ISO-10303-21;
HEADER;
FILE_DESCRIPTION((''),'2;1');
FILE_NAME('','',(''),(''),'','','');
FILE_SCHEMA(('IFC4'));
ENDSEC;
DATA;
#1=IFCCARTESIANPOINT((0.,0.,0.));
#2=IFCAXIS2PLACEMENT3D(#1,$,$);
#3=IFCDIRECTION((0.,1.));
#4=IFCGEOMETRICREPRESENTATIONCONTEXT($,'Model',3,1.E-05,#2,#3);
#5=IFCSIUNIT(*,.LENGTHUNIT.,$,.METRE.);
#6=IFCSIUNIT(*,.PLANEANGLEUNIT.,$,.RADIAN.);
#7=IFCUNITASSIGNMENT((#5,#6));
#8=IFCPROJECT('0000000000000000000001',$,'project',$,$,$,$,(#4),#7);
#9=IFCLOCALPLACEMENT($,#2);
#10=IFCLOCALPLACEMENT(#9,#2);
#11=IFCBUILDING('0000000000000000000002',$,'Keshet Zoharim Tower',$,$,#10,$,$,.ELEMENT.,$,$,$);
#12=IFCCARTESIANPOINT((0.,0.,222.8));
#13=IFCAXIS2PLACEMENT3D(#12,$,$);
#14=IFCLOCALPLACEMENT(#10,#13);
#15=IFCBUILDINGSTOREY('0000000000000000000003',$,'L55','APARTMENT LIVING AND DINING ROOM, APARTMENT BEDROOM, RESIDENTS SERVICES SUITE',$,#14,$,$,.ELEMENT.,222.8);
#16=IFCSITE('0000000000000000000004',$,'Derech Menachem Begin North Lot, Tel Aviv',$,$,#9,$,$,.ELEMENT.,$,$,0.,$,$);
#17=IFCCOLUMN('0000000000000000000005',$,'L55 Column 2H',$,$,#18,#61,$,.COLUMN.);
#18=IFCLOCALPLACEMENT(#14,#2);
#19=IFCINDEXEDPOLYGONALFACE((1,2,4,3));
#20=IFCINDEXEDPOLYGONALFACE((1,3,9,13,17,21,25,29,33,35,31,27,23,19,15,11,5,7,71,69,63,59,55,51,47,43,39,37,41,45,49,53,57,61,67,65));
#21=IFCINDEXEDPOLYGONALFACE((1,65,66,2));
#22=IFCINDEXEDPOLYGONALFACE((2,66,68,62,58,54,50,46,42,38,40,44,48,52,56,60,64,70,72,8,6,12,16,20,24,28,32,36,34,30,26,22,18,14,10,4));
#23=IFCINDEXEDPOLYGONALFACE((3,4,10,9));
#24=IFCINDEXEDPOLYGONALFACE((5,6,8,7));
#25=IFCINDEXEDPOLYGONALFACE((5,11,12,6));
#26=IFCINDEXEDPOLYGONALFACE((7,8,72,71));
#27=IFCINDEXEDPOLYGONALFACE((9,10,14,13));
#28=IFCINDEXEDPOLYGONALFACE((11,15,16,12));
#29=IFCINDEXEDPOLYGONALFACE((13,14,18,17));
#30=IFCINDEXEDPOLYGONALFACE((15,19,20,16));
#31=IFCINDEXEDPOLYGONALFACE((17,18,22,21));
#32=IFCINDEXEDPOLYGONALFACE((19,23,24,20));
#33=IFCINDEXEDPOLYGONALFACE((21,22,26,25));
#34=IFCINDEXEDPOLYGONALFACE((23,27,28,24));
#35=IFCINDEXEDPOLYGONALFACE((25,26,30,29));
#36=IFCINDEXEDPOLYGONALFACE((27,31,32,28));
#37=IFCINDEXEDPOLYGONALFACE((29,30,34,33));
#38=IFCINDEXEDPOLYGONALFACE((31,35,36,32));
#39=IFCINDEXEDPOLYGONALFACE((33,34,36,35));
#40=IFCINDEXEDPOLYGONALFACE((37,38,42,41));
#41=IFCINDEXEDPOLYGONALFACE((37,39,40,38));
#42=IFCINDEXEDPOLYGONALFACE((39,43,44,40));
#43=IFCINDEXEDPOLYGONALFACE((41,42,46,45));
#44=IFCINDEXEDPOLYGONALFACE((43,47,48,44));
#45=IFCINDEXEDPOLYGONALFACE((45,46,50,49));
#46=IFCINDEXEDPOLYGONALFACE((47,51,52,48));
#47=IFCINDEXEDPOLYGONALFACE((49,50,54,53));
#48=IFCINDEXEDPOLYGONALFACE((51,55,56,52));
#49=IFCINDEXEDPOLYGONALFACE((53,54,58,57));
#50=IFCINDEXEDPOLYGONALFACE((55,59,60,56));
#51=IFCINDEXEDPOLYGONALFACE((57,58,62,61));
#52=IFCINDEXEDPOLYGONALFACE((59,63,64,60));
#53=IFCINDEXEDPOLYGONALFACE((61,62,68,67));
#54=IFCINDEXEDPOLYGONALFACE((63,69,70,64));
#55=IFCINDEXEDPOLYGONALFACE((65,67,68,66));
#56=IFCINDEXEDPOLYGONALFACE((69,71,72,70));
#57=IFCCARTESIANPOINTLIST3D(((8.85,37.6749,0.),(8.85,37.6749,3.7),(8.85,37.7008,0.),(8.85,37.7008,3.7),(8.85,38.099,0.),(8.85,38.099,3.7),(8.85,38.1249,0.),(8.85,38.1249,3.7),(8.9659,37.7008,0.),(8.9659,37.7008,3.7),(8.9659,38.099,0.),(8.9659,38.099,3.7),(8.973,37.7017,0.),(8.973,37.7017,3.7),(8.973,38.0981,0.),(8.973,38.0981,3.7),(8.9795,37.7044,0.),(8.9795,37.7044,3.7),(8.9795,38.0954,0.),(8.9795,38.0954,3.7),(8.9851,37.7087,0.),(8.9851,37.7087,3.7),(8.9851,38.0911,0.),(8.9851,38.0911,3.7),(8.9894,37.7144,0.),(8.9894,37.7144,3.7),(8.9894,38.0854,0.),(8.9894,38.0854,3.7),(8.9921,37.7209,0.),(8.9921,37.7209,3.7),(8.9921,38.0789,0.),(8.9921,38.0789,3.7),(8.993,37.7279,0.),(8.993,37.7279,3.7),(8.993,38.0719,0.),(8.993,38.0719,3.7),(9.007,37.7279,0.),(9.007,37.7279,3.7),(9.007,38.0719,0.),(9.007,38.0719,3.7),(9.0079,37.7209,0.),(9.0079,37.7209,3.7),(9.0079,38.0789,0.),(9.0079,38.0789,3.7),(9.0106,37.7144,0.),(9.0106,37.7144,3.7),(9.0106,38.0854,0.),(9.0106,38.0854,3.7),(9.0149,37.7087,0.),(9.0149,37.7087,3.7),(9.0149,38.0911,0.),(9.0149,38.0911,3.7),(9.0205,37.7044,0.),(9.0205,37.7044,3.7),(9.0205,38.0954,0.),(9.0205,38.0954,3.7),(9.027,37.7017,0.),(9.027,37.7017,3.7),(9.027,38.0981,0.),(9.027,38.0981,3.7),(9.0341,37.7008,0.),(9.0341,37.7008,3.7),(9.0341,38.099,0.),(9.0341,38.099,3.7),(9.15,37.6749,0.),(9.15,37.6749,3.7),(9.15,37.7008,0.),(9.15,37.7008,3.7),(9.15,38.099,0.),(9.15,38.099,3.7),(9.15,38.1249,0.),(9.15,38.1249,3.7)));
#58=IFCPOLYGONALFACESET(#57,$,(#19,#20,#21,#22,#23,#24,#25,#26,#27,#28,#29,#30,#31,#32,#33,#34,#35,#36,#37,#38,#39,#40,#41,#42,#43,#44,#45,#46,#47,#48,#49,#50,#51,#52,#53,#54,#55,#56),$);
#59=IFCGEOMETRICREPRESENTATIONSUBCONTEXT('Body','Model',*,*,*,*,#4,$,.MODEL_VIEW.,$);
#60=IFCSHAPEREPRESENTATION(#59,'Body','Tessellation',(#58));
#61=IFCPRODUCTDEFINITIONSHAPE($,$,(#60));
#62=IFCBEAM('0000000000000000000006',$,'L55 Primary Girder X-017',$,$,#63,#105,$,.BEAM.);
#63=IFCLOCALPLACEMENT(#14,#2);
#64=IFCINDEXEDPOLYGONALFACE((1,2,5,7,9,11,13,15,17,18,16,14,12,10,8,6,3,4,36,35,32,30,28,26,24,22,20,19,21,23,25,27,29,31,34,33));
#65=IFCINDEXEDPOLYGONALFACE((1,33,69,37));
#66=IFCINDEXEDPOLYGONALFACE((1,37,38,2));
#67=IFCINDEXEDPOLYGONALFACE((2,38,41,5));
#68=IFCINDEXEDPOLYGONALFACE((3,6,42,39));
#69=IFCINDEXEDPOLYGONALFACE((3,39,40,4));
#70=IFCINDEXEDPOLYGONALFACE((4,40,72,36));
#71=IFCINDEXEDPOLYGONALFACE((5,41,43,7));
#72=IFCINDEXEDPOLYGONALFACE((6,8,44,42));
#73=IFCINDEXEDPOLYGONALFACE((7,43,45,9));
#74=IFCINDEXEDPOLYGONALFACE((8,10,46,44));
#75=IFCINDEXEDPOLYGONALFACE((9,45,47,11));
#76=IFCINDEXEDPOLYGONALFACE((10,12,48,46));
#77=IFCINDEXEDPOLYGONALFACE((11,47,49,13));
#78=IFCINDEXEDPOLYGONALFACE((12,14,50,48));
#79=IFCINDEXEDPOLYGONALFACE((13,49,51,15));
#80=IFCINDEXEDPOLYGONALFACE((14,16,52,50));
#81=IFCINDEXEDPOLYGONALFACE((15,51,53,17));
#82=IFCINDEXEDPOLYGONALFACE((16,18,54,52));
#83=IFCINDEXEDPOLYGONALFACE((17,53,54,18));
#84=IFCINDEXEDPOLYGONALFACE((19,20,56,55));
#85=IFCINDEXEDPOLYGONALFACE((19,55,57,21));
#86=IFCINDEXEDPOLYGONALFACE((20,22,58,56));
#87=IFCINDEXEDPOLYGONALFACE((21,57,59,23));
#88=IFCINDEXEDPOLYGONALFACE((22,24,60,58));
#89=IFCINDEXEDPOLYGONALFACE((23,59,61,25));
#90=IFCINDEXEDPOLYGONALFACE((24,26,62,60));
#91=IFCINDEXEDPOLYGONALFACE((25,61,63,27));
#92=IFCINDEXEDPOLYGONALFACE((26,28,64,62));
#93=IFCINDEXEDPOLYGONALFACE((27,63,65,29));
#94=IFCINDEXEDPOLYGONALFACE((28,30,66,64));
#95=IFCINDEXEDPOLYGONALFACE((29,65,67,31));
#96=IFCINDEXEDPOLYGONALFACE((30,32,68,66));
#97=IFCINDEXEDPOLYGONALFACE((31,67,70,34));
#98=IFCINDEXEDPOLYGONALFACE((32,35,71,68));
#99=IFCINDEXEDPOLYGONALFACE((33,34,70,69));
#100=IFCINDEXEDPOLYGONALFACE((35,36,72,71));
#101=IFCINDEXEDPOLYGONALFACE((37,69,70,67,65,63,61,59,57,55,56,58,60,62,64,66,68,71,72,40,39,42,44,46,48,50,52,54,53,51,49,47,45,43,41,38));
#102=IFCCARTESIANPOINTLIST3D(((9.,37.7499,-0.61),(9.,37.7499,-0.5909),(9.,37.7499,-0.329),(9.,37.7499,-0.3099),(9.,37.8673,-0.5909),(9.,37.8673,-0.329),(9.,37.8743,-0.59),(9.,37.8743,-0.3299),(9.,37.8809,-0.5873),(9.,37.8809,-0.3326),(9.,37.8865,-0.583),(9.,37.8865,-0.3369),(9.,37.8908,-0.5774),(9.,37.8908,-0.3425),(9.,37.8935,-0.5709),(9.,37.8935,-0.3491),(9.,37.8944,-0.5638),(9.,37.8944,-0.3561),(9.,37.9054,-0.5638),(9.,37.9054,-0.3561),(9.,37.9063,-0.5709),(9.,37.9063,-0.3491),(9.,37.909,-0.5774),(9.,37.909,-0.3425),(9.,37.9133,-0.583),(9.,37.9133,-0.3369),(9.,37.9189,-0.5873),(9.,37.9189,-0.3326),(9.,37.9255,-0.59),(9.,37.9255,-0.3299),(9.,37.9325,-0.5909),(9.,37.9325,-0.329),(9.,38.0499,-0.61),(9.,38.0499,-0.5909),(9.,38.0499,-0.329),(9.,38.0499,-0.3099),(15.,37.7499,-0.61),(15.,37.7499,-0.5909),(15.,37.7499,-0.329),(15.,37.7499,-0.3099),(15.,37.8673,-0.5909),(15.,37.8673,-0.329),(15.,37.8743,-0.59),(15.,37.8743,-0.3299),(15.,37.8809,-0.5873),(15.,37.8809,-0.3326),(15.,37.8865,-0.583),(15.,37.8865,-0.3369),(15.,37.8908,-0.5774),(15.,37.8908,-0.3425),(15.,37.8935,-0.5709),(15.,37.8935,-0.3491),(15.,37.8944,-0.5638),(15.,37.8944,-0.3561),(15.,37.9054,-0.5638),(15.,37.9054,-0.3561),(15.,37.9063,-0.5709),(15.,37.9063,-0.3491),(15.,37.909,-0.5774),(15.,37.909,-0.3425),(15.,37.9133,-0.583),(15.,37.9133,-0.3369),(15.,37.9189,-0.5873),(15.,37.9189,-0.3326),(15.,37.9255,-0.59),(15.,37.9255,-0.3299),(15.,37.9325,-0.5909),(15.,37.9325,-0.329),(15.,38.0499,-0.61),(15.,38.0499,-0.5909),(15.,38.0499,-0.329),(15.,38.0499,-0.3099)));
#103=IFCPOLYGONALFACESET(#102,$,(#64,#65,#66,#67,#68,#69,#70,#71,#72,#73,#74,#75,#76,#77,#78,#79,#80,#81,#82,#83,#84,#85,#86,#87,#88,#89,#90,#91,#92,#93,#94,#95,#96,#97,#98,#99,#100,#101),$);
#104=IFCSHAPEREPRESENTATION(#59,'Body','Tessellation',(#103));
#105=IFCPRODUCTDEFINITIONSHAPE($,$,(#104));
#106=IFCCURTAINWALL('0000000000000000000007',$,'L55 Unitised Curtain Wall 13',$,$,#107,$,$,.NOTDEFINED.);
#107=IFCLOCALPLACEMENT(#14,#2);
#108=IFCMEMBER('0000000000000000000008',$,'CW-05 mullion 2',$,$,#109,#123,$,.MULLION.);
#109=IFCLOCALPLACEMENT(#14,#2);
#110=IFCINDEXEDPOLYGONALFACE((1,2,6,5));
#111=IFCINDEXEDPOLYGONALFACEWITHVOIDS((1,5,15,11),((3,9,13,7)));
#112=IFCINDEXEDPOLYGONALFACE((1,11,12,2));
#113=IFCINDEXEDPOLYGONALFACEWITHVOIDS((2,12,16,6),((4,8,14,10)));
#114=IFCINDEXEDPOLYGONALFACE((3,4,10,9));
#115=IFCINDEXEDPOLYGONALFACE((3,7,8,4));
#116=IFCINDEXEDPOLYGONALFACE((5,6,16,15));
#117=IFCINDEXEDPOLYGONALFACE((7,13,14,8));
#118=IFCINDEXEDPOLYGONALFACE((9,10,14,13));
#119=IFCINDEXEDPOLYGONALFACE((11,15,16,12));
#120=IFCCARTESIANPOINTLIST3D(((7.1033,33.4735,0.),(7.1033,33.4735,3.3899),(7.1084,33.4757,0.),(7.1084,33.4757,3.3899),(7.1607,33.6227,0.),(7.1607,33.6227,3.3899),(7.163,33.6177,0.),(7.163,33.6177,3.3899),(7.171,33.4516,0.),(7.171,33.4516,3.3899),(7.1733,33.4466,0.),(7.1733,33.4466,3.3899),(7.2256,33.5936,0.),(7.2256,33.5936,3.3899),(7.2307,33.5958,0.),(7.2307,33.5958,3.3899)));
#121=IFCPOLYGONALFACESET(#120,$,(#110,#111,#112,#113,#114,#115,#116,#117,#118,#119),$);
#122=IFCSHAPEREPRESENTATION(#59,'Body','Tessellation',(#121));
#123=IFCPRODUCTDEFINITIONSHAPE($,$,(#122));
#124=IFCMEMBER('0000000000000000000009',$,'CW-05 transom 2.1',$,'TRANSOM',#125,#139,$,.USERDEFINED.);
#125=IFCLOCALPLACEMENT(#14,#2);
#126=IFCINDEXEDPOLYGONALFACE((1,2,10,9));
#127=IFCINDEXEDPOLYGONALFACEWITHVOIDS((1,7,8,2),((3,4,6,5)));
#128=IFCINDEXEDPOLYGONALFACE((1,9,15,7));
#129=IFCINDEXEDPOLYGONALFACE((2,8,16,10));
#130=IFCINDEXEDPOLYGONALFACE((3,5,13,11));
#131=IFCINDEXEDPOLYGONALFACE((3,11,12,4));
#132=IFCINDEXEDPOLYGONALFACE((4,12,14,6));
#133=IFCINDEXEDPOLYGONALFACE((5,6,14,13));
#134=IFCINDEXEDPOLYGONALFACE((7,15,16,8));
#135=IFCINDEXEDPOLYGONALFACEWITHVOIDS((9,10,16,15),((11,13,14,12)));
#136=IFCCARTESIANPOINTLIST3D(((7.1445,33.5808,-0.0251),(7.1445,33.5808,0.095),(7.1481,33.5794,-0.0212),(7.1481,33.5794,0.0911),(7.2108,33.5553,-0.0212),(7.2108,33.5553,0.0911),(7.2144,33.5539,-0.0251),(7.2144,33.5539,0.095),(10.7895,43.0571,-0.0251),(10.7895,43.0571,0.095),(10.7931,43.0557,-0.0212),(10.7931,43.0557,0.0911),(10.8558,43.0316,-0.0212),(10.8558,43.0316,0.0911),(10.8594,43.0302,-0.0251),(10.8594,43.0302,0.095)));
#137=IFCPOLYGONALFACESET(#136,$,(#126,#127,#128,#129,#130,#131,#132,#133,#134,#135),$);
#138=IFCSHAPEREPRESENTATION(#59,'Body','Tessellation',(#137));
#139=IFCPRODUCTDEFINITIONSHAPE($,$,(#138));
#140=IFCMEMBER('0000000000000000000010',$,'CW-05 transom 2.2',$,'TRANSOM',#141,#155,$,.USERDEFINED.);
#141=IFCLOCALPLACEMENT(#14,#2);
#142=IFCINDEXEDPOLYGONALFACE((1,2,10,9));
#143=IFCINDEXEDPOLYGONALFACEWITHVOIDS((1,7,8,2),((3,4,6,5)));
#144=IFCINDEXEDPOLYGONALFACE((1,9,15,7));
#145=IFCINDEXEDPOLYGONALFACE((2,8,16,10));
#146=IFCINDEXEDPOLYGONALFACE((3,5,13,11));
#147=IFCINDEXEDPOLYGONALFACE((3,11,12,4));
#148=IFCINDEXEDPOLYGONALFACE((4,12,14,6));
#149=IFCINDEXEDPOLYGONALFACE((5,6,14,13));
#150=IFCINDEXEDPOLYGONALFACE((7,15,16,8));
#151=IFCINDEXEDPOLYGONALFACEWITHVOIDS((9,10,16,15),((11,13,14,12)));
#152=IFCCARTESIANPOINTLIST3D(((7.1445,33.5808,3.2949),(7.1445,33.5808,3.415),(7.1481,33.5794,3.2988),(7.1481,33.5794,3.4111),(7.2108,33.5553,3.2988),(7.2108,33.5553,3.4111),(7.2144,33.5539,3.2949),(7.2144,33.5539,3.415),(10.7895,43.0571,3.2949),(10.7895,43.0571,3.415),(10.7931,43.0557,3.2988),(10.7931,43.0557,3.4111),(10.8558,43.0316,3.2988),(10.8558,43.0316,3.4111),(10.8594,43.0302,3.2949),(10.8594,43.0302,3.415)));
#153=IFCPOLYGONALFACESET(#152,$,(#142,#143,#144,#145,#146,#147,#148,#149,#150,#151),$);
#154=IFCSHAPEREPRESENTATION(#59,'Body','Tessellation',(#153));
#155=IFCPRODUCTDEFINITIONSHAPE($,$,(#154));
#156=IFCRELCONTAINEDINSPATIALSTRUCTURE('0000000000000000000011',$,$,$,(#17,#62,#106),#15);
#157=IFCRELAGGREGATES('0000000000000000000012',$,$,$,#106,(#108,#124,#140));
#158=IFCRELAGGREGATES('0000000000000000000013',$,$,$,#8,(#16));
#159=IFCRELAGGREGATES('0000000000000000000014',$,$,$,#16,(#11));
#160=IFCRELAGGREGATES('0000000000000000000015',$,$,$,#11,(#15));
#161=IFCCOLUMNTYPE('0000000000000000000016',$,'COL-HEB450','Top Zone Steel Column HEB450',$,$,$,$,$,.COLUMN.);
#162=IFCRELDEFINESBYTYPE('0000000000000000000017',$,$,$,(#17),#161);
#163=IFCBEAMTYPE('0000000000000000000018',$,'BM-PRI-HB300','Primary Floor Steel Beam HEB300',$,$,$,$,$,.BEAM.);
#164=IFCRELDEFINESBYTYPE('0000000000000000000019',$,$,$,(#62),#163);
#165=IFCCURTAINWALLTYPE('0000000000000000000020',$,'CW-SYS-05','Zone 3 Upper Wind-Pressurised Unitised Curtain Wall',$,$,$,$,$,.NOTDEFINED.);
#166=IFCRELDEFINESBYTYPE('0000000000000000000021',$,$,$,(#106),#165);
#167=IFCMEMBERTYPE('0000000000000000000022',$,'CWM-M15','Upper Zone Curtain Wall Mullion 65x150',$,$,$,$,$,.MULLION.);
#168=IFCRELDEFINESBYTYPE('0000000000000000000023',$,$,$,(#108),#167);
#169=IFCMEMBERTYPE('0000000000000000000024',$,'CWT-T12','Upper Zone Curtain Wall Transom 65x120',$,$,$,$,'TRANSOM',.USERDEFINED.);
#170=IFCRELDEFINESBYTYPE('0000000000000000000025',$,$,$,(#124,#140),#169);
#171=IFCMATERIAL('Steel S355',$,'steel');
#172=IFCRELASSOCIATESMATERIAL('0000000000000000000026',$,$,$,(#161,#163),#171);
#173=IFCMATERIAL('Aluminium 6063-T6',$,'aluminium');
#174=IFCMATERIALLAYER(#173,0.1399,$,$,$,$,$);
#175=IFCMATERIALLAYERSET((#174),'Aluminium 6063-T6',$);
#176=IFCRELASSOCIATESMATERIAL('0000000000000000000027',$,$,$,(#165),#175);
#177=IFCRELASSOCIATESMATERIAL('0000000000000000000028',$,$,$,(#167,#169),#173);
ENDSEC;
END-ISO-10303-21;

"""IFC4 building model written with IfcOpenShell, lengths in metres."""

from ifc_helpers import new_model, si_unit, direction, frame, origin, origin_2d, place, context, subcontext, project, spatial, hollow_rectangle, i_section, extrude, material, layer, layer_set, material_profile, profile_set, type_object, element, aggregate, save


model = new_model("IFC4")

# Units and contexts
model_context = context("Model", 3, precision=1e-05, world=origin(), true_north=direction((0.0, 1.0)))
body_context = subcontext(model_context, "Body", "Model", "MODEL_VIEW")
ifc_project = project(units=[si_unit("LENGTHUNIT", "METRE"), si_unit("PLANEANGLEUNIT", "RADIAN")], contexts=[model_context])

# Site, building, storey
site_placement = place(None, origin())
site = spatial("IfcSite", under=ifc_project, at=site_placement, Name="Derech Menachem Begin North Lot, Tel Aviv", CompositionType="ELEMENT", RefElevation=0.0)
building_placement = place(site_placement, origin())
building = spatial("IfcBuilding", under=site, at=building_placement, Name="Keshet Zoharim Tower", CompositionType="ELEMENT")
storey_placement = place(building_placement, frame((0.0, 0.0, 222.8)))
storey = spatial("IfcBuildingStorey", under=building, at=storey_placement, Name="L55", Description="APARTMENT LIVING AND DINING ROOM, APARTMENT BEDROOM, RESIDENTS SERVICES SUITE", CompositionType="ELEMENT", Elevation=222.8)

# Column
ifc_material_1 = material(Name="Steel S355", Category="steel")
ifc_material_profile_1 = material_profile(ifc_material_1, i_section(OverallWidth=0.3, OverallDepth=0.45, WebThickness=0.0139, FlangeThickness=0.0259, FilletRadius=0.0271, at=origin_2d()), Name="HEB450")
ifc_profile_set_1 = profile_set([ifc_material_profile_1], Name="Steel S355")
column_type = type_object("IfcColumnType", Name="COL-HEB450", Description="Top Zone Steel Column HEB450", PredefinedType="COLUMN", material=ifc_profile_set_1)
column_placement = place(storey_placement, frame((9.0, 37.8999, 0.0), z_axis=(0.0, 0.0, 1.0), x_axis=(1.0, 0.0, 0.0)))
element("IfcColumn", 1, at=column_placement, inside=storey, type_object=column_type, Name="L55 Column 2H", PredefinedType="COLUMN", context=body_context, shape_type="SweptSolid", body=[
    extrude(i_section(OverallWidth=0.3, OverallDepth=0.45, WebThickness=0.0139, FlangeThickness=0.0259, FilletRadius=0.0271, at=origin_2d()), origin(), (0.0, 0.0, 1.0), 3.7),
])

# Beam
ifc_material_profile_2 = material_profile(ifc_material_1, i_section(OverallWidth=0.3, OverallDepth=0.3, WebThickness=0.011, FlangeThickness=0.019, FilletRadius=0.0271, at=origin_2d()), Name="HEB300")
ifc_profile_set_2 = profile_set([ifc_material_profile_2], Name="Steel S355")
beam_type = type_object("IfcBeamType", Name="BM-PRI-HB300", Description="Primary Floor Steel Beam HEB300", PredefinedType="BEAM", material=ifc_profile_set_2)
beam_placement = place(storey_placement, frame((9.0, 37.8999, -0.46), z_axis=(1.0, 0.0, 0.0), x_axis=(0.0, 1.0, 0.0)))
element("IfcBeam", 2, at=beam_placement, inside=storey, type_object=beam_type, Name="L55 Primary Girder X-017", PredefinedType="BEAM", context=body_context, shape_type="SweptSolid", body=[
    extrude(i_section(OverallWidth=0.3, OverallDepth=0.3, WebThickness=0.011, FlangeThickness=0.019, FilletRadius=0.0271, at=origin_2d()), origin(), (0.0, 0.0, 1.0), 6.0),
])

# Curtain wall, members
ifc_material_2 = material(Name="Aluminium 6063-T6", Category="aluminium")
ifc_layer_1 = layer(ifc_material_2, 0.1399)
ifc_layer_set_1 = layer_set([ifc_layer_1], Name="Aluminium 6063-T6")
curtain_wall_type = type_object("IfcCurtainWallType", Name="CW-SYS-05", Description="Zone 3 Upper Wind-Pressurised Unitised Curtain Wall", PredefinedType="NOTDEFINED", material=ifc_layer_set_1)
curtain_wall_placement = place(storey_placement, origin())
curtain_wall = element("IfcCurtainWall", 3, at=curtain_wall_placement, inside=storey, type_object=curtain_wall_type, Name="L55 Unitised Curtain Wall 13", PredefinedType="NOTDEFINED")
ifc_material_profile_3 = material_profile(ifc_material_2, hollow_rectangle(XDim=0.075, YDim=0.1599, WallThickness=0.0039, at=origin_2d()), Name="MUL-75x160")
ifc_profile_set_3 = profile_set([ifc_material_profile_3], Name="Aluminium 6063-T6")
member_type_1 = type_object("IfcMemberType", Name="CWM-M15", Description="Upper Zone Curtain Wall Mullion 65x150", PredefinedType="MULLION", material=ifc_profile_set_3)
member_1_placement = place(storey_placement, frame((7.167, 33.5347, 0.0), z_axis=(0.0, 0.0, 1.0), x_axis=(-0.933341, 0.35899, 0.0)))
member_1 = element("IfcMember", 4, at=member_1_placement, type_object=member_type_1, Name="CW-05 mullion 2", PredefinedType="MULLION", context=body_context, shape_type="SweptSolid", body=[
    extrude(hollow_rectangle(XDim=0.075, YDim=0.1599, WallThickness=0.0039, at=origin_2d()), origin(), (0.0, 0.0, 1.0), 3.3899),
])
ifc_material_profile_4 = material_profile(ifc_material_2, hollow_rectangle(XDim=0.075, YDim=0.1201, WallThickness=0.0039, at=origin_2d()), Name="TRN-75x120")
ifc_profile_set_4 = profile_set([ifc_material_profile_4], Name="Aluminium 6063-T6")
member_type_2 = type_object("IfcMemberType", Name="CWT-T12", Description="Upper Zone Curtain Wall Transom 65x120", ElementType="TRANSOM", PredefinedType="USERDEFINED", material=ifc_profile_set_4)
member_2_placement = place(storey_placement, frame((7.1794, 33.5674, 0.0349), z_axis=(0.359003, 0.933336, 0.0), x_axis=(-0.933336, 0.359003, 0.0)))
member_2 = element("IfcMember", 5, at=member_2_placement, type_object=member_type_2, Name="CW-05 transom 2.1", ObjectType="TRANSOM", PredefinedType="USERDEFINED", context=body_context, shape_type="SweptSolid", body=[
    extrude(hollow_rectangle(XDim=0.075, YDim=0.1201, WallThickness=0.0039, at=origin_2d()), origin(), (0.0, 0.0, 1.0), 10.1531),
])
member_3_placement = place(storey_placement, frame((7.1794, 33.5674, 3.355), z_axis=(0.359003, 0.933336, 0.0), x_axis=(-0.933336, 0.359003, 0.0)))
member_3 = element("IfcMember", 6, at=member_3_placement, type_object=member_type_2, Name="CW-05 transom 2.2", ObjectType="TRANSOM", PredefinedType="USERDEFINED", context=body_context, shape_type="SweptSolid", body=[
    extrude(hollow_rectangle(XDim=0.075, YDim=0.1201, WallThickness=0.0039, at=origin_2d()), origin(), (0.0, 0.0, 1.0), 10.1531),
])

aggregate(curtain_wall, [member_1, member_2, member_3])

save(model, "model.ifc")
